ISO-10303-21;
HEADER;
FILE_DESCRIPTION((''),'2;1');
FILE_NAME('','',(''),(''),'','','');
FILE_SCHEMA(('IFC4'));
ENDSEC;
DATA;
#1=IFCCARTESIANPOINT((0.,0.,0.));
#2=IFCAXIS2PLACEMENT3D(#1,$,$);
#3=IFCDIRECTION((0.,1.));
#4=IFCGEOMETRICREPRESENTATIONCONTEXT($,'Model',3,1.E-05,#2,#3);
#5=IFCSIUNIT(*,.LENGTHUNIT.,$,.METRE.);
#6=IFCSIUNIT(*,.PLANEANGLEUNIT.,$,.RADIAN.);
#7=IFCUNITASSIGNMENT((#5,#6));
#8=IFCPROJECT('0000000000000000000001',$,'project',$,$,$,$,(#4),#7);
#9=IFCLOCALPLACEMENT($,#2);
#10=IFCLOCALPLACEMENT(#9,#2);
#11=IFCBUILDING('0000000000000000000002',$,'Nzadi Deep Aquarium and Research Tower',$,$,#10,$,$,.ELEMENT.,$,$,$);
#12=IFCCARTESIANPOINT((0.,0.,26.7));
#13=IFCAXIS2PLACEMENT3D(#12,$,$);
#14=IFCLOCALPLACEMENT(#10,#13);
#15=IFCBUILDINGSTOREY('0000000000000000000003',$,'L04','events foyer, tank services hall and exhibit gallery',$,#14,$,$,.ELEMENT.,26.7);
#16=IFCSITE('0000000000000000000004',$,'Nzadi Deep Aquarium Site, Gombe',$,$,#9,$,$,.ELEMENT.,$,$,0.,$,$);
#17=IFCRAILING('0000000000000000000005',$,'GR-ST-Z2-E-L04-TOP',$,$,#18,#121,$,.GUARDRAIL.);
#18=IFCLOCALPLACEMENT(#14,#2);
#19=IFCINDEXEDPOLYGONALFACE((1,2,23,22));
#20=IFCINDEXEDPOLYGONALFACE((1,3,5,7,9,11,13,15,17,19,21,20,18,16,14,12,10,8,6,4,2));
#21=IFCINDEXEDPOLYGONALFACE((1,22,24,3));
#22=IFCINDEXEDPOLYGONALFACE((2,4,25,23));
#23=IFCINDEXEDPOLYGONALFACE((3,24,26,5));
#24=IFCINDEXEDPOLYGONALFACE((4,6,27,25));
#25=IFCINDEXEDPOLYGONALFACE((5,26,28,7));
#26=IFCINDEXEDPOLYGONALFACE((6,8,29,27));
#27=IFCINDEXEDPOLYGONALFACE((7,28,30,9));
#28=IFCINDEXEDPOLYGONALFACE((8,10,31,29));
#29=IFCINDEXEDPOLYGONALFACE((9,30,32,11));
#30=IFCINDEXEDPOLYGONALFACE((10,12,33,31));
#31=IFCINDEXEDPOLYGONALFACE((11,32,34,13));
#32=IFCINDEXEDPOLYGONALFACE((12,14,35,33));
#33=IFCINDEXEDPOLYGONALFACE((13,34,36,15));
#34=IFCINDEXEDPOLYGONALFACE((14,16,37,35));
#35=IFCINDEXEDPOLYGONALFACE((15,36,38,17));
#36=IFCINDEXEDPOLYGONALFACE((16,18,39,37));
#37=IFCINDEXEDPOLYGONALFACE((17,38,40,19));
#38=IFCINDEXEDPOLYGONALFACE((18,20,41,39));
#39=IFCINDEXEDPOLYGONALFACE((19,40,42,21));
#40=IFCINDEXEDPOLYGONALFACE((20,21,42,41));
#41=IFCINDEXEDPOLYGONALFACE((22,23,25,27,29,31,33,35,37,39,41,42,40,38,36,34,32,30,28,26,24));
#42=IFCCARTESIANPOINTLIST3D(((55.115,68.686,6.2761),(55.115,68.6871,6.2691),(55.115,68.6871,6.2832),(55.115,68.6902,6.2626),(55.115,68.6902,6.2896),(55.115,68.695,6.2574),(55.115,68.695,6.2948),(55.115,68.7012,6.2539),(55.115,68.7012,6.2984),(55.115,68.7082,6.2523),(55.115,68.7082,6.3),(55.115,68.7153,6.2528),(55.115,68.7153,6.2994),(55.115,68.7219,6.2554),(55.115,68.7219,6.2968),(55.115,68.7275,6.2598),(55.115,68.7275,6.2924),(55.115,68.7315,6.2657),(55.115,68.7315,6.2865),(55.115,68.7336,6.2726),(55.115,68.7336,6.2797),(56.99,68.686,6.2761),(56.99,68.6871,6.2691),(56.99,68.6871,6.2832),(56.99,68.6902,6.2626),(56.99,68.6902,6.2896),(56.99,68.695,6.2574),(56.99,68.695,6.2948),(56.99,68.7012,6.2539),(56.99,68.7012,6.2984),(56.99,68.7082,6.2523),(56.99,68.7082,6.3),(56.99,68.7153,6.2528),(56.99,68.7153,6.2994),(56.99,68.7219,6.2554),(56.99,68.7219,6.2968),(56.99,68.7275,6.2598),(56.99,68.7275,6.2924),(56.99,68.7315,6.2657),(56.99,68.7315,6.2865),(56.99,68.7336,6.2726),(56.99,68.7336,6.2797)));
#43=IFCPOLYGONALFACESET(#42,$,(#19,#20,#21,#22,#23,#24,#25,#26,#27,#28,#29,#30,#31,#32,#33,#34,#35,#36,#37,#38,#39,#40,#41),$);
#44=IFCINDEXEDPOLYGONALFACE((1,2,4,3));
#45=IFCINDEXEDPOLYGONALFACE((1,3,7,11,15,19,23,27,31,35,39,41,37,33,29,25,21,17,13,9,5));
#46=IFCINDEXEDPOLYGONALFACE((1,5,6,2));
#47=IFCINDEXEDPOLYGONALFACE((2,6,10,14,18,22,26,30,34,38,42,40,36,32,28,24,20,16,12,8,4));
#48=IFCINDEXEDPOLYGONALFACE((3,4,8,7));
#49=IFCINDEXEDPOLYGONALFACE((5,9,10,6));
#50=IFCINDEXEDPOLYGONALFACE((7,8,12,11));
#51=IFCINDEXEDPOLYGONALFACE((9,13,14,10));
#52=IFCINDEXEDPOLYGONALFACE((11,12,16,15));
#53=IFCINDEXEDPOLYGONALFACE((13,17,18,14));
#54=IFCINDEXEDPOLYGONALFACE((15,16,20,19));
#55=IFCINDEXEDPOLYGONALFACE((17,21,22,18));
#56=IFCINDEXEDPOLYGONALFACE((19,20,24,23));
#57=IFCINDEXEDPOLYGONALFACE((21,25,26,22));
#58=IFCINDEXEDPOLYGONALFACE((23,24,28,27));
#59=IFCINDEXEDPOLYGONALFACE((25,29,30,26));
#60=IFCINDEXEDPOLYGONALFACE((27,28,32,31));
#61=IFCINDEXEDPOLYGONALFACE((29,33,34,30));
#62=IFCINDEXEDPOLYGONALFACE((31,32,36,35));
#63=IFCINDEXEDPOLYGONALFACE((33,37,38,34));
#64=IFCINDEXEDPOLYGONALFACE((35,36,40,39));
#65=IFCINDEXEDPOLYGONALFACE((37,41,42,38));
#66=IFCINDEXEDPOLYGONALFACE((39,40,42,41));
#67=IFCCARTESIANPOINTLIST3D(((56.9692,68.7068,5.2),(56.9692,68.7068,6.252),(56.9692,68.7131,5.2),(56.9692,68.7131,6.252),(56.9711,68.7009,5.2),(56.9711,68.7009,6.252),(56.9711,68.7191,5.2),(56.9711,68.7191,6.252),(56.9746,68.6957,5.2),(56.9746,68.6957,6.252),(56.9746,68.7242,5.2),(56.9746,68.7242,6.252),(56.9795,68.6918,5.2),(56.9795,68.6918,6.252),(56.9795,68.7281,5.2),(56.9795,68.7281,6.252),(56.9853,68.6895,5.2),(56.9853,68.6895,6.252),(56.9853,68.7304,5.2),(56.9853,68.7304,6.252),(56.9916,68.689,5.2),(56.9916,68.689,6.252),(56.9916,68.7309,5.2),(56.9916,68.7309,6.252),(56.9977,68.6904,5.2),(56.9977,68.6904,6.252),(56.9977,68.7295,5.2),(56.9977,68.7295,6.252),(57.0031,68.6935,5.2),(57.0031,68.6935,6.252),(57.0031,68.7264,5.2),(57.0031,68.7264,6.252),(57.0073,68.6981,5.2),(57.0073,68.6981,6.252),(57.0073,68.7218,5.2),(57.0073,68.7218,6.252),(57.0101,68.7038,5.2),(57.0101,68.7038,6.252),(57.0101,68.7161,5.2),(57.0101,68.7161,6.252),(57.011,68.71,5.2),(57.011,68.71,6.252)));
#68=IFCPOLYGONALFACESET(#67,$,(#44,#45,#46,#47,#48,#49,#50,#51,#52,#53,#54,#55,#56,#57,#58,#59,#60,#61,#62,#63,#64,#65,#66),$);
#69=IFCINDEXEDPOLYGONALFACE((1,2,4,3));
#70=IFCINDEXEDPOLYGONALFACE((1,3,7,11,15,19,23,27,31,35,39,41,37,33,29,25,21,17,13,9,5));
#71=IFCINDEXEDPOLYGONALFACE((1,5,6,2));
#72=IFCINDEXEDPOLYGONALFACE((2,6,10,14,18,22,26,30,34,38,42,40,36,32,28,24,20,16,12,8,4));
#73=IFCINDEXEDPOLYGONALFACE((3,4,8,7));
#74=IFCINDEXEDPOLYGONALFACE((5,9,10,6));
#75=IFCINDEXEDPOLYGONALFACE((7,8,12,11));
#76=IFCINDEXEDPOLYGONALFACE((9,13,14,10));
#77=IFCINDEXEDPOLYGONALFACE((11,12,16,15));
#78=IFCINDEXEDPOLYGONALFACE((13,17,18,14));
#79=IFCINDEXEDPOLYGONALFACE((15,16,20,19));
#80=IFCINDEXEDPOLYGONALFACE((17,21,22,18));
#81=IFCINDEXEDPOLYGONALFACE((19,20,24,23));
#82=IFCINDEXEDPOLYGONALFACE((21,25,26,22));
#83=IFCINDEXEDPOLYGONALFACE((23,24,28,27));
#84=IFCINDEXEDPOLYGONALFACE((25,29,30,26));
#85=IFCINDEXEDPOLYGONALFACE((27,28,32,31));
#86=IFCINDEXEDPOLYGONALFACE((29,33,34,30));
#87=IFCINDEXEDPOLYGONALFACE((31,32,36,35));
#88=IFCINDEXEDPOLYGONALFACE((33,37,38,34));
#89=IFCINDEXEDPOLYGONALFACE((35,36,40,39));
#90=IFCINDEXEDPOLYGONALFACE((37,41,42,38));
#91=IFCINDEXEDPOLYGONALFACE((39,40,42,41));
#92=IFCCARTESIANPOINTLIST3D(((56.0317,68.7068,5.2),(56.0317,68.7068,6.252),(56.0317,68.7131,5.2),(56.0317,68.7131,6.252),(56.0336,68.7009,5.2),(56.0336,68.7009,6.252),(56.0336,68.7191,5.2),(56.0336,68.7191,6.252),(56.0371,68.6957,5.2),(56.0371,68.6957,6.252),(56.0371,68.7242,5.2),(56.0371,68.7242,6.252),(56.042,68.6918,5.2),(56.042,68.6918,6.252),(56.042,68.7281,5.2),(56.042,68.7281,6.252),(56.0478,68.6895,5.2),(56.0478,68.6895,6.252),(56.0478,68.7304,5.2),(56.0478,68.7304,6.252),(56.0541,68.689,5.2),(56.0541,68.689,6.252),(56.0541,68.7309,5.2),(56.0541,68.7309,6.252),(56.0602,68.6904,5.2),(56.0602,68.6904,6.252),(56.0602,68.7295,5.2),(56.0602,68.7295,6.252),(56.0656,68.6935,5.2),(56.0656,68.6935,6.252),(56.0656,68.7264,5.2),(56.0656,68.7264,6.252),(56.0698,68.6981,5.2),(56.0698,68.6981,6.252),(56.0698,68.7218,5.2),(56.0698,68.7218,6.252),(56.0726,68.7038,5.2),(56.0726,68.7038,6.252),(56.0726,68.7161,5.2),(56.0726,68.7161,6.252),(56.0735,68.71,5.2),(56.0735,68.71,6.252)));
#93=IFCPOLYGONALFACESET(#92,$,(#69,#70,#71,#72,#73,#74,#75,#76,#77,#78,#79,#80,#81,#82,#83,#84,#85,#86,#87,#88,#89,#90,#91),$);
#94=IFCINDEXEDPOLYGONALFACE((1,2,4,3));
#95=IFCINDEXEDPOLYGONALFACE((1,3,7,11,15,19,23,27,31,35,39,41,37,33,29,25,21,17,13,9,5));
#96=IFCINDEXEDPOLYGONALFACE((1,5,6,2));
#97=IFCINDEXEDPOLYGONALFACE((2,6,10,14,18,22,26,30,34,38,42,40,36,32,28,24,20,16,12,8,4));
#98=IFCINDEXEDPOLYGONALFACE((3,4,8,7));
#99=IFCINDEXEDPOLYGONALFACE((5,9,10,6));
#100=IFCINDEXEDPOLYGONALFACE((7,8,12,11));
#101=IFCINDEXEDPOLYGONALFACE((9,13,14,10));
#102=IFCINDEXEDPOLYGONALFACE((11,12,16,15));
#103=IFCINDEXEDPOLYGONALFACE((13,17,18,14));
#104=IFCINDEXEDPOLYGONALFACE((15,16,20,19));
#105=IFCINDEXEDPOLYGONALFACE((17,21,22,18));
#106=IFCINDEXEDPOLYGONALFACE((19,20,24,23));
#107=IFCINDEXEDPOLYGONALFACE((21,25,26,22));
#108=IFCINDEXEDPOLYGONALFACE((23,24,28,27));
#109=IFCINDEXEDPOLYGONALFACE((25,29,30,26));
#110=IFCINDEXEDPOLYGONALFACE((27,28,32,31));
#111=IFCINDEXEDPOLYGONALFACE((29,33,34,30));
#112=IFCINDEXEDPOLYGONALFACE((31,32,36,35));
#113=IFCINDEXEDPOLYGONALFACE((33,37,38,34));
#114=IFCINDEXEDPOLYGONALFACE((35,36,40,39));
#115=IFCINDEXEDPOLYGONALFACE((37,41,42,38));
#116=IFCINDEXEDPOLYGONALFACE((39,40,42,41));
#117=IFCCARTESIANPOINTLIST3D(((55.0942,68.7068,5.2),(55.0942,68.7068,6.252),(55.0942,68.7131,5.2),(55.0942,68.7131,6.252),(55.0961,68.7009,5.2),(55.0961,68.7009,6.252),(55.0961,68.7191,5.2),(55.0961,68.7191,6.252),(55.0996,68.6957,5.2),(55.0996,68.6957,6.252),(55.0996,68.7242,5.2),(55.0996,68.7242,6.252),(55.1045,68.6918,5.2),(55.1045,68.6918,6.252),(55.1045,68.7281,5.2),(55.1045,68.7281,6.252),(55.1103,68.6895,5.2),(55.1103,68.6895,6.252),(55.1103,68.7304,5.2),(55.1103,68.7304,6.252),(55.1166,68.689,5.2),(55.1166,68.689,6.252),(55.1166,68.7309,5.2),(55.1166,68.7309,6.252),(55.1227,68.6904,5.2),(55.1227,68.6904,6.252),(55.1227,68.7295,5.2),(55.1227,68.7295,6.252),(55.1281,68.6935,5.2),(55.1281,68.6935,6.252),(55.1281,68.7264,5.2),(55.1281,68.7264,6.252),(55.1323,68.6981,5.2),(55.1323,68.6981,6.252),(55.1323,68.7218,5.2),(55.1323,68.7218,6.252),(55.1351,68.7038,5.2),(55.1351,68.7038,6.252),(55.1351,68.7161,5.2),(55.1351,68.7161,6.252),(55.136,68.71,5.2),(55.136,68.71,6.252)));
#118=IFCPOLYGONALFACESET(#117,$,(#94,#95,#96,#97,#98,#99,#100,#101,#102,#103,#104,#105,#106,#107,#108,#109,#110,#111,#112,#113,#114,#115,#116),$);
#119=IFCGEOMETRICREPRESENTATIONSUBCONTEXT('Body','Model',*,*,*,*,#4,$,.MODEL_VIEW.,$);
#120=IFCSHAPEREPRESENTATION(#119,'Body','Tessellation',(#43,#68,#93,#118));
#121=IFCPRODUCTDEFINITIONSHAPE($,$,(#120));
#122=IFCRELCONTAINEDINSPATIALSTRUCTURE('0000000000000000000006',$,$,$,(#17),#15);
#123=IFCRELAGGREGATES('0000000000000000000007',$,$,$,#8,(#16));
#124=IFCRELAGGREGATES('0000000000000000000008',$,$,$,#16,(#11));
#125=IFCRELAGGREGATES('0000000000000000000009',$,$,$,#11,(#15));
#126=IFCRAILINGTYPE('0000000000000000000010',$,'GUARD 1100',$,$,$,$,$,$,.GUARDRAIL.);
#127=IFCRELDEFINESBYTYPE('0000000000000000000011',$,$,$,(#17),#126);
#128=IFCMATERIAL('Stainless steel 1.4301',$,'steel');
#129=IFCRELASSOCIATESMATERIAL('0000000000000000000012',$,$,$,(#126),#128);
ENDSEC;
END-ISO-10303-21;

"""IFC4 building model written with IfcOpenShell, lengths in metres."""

from ifc_helpers import new_model, si_unit, direction, frame, origin, origin_2d, place, context, subcontext, project, spatial, circle, extrude, material, type_object, element, save


model = new_model("IFC4")

# Units and contexts
model_context = context("Model", 3, precision=1e-05, world=origin(), true_north=direction((0.0, 1.0)))
body_context = subcontext(model_context, "Body", "Model", "MODEL_VIEW")
ifc_project = project(units=[si_unit("LENGTHUNIT", "METRE"), si_unit("PLANEANGLEUNIT", "RADIAN")], contexts=[model_context])

# Site, building, storey
site_placement = place(None, origin())
site = spatial("IfcSite", under=ifc_project, at=site_placement, Name="Nzadi Deep Aquarium Site, Gombe", CompositionType="ELEMENT", RefElevation=0.0)
building_placement = place(site_placement, origin())
building = spatial("IfcBuilding", under=site, at=building_placement, Name="Nzadi Deep Aquarium and Research Tower", CompositionType="ELEMENT")
storey_placement = place(building_placement, frame((0.0, 0.0, 26.7)))
storey = spatial("IfcBuildingStorey", under=building, at=storey_placement, Name="L04", Description="events foyer, tank services hall and exhibit gallery", CompositionType="ELEMENT", Elevation=26.7)

# Railing
ifc_material_1 = material(Name="Stainless steel 1.4301", Category="steel")
railing_type_1 = type_object("IfcRailingType", Name="GUARD 1100", PredefinedType="GUARDRAIL", material=ifc_material_1)
railing_placement = place(storey_placement, frame((56.99, 68.71, 5.2)))
element("IfcRailing", 1, at=railing_placement, inside=storey, type_object=railing_type_1, Name="GR-ST-Z2-E-L04-TOP", PredefinedType="GUARDRAIL", context=body_context, shape_type="SweptSolid", body=[
    extrude(circle(Radius=0.0239, at=origin_2d()), frame((0.0, 0.0, 1.0762), z_axis=(-1.0, 0.0, 0.0), x_axis=(0.0, -1.0, 0.0)), (0.0, 0.0, 1.0), 1.875),
    extrude(circle(Radius=0.021, at=origin_2d()), origin(), (0.0, 0.0, 1.0), 1.052),
    extrude(circle(Radius=0.021, at=origin_2d()), frame((-0.9375, 0.0, 0.0)), (0.0, 0.0, 1.0), 1.052),
    extrude(circle(Radius=0.021, at=origin_2d()), frame((-1.875, 0.0, 0.0)), (0.0, 0.0, 1.0), 1.052),
])

save(model, "model.ifc")
